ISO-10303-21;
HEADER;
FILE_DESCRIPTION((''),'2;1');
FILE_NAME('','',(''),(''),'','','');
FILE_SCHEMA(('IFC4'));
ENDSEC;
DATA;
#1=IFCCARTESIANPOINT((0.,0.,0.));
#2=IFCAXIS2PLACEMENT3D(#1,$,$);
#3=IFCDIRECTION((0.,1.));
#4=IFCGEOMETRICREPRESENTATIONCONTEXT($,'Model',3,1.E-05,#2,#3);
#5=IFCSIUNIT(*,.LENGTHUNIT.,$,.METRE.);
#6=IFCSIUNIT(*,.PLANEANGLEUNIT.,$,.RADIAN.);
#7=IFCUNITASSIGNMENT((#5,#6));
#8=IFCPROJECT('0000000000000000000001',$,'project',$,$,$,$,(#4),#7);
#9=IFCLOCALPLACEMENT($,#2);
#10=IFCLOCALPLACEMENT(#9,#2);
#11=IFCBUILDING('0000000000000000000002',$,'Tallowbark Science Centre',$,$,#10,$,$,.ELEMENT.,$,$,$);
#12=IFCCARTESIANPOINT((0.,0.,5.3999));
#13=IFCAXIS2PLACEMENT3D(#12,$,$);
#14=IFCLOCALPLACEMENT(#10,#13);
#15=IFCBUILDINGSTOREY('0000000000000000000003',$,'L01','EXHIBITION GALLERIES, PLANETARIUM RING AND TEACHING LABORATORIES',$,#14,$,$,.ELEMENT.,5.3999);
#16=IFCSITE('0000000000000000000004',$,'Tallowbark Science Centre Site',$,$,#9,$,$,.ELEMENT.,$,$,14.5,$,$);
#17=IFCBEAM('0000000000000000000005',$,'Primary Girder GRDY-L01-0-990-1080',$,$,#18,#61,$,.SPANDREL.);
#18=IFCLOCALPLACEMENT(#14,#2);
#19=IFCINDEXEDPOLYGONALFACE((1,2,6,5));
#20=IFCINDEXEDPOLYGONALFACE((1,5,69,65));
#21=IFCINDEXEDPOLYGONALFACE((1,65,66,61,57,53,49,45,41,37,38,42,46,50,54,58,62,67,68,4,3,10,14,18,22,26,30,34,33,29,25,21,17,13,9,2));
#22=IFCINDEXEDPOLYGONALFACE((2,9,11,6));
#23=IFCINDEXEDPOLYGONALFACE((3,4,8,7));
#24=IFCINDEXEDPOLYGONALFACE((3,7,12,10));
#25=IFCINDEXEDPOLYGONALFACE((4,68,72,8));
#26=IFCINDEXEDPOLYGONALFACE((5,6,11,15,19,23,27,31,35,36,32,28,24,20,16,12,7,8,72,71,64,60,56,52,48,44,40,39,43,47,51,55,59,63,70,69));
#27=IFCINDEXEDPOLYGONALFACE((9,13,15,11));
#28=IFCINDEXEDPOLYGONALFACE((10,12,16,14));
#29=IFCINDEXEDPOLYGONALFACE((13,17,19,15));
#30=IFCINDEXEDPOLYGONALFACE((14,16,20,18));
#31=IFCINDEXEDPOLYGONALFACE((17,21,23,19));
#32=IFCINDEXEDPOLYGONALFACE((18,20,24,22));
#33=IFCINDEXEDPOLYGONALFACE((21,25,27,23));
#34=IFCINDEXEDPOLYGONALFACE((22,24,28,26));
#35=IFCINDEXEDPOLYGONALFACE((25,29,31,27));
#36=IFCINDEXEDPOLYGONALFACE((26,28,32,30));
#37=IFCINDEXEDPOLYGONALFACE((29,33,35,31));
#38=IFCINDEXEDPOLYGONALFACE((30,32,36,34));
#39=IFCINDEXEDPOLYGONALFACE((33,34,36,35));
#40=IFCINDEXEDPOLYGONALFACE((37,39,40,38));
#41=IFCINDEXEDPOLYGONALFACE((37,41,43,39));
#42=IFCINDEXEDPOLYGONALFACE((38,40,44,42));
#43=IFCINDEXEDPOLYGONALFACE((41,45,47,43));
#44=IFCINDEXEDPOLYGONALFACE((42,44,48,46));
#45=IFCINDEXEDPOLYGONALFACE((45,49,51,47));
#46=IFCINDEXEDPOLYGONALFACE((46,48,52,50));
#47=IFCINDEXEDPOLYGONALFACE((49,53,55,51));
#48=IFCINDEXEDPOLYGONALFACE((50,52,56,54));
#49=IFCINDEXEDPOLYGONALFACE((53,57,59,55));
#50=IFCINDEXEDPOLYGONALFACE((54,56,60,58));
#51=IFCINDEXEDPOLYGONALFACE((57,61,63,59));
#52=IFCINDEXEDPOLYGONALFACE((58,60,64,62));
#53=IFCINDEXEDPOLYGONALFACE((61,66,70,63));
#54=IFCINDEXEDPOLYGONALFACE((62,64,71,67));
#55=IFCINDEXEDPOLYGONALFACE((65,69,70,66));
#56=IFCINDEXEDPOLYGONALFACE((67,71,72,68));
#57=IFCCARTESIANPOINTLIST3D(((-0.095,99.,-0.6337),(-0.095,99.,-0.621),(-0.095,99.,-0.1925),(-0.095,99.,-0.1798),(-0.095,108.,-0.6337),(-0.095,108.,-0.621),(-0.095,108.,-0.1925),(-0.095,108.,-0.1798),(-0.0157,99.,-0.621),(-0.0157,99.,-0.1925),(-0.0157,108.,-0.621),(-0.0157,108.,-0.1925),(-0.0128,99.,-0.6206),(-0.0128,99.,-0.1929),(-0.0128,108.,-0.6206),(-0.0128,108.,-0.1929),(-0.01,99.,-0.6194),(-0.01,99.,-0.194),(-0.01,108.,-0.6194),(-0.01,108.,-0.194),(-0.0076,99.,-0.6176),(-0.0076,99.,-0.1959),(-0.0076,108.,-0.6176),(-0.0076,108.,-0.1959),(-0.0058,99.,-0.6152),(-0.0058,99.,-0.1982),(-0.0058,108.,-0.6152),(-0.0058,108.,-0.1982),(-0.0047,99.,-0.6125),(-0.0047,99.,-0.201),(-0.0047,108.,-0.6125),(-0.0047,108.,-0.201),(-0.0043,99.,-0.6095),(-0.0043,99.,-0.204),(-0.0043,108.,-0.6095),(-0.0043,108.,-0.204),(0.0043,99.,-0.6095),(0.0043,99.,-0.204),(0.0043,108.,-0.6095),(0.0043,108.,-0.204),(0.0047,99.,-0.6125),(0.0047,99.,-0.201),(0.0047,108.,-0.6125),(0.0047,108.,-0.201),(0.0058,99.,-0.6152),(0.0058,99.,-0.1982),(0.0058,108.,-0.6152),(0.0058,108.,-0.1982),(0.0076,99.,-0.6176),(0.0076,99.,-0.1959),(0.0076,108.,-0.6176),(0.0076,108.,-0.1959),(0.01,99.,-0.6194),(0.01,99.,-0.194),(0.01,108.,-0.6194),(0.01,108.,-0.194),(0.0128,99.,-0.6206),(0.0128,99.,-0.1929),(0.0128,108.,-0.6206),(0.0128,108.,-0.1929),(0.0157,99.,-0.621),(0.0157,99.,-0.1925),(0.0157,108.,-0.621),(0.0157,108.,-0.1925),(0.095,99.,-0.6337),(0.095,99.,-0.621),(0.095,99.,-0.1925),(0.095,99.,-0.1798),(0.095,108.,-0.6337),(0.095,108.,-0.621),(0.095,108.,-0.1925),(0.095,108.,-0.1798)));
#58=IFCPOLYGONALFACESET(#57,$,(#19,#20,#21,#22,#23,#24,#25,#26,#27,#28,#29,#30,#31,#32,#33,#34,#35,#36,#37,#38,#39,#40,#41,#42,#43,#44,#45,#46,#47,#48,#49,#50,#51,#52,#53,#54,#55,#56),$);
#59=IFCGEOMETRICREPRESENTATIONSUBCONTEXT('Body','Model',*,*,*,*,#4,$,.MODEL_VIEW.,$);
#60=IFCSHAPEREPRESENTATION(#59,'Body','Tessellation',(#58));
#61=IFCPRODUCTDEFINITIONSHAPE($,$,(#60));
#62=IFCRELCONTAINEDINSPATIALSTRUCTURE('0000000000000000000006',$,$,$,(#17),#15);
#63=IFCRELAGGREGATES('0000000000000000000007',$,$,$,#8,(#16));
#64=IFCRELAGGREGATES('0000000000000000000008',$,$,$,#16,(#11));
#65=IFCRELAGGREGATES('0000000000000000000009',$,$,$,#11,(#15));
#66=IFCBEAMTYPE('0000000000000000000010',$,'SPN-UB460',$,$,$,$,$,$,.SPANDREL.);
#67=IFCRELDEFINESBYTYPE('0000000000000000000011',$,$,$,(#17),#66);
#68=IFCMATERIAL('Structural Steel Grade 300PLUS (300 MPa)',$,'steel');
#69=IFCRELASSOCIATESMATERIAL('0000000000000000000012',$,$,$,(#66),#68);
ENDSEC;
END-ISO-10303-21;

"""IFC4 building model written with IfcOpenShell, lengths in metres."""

from ifc_helpers import new_model, si_unit, direction, frame, origin, origin_2d, place, context, subcontext, project, spatial, i_section, extrude, material, material_profile, profile_set, type_object, element, save


model = new_model("IFC4")

# Units and contexts
model_context = context("Model", 3, precision=1e-05, world=origin(), true_north=direction((0.0, 1.0)))
body_context = subcontext(model_context, "Body", "Model", "MODEL_VIEW")
ifc_project = project(units=[si_unit("LENGTHUNIT", "METRE"), si_unit("PLANEANGLEUNIT", "RADIAN")], contexts=[model_context])

# Site, building, storey
site_placement = place(None, origin())
site = spatial("IfcSite", under=ifc_project, at=site_placement, Name="Tallowbark Science Centre Site", CompositionType="ELEMENT", RefElevation=14.5)
building_placement = place(site_placement, origin())
building = spatial("IfcBuilding", under=site, at=building_placement, Name="Tallowbark Science Centre", CompositionType="ELEMENT")
storey_placement = place(building_placement, frame((0.0, 0.0, 5.3999)))
storey = spatial("IfcBuildingStorey", under=building, at=storey_placement, Name="L01", Description="EXHIBITION GALLERIES, PLANETARIUM RING AND TEACHING LABORATORIES", CompositionType="ELEMENT", Elevation=5.3999)

# Beam
ifc_material = material(Name="Structural Steel Grade 300PLUS (300 MPa)", Category="steel")
ifc_material_profile_1 = material_profile(ifc_material, i_section(OverallWidth=0.1899, OverallDepth=0.4539, WebThickness=0.0085, FlangeThickness=0.0127, FilletRadius=0.0115, at=origin_2d()), Name="460UB67.1")
ifc_profile_set_1 = profile_set([ifc_material_profile_1], Name="Structural Steel Grade 300PLUS (300 MPa)")
beam_type_1 = type_object("IfcBeamType", Name="SPN-UB460", PredefinedType="SPANDREL", material=ifc_profile_set_1)
for number, where, z_axis, x_axis, name in (
    (1, (0.0, 99.0, -0.4067), (0.0, 1.0, 0.0), (-1.0, 0.0, 0.0), "Primary Girder GRDY-L01-0-990-1080"),
):
    element("IfcBeam", number, at=place(storey_placement, frame(where, z_axis=z_axis, x_axis=x_axis)), inside=storey, type_object=beam_type_1, Name=name, PredefinedType="SPANDREL", context=body_context, shape_type="SweptSolid", body=[
        extrude(i_section(OverallWidth=0.1899, OverallDepth=0.4539, WebThickness=0.0085, FlangeThickness=0.0127, FilletRadius=0.0115, at=origin_2d()), origin(), (0.0, 0.0, 1.0), 9.0),
    ])

save(model, "model.ifc")
